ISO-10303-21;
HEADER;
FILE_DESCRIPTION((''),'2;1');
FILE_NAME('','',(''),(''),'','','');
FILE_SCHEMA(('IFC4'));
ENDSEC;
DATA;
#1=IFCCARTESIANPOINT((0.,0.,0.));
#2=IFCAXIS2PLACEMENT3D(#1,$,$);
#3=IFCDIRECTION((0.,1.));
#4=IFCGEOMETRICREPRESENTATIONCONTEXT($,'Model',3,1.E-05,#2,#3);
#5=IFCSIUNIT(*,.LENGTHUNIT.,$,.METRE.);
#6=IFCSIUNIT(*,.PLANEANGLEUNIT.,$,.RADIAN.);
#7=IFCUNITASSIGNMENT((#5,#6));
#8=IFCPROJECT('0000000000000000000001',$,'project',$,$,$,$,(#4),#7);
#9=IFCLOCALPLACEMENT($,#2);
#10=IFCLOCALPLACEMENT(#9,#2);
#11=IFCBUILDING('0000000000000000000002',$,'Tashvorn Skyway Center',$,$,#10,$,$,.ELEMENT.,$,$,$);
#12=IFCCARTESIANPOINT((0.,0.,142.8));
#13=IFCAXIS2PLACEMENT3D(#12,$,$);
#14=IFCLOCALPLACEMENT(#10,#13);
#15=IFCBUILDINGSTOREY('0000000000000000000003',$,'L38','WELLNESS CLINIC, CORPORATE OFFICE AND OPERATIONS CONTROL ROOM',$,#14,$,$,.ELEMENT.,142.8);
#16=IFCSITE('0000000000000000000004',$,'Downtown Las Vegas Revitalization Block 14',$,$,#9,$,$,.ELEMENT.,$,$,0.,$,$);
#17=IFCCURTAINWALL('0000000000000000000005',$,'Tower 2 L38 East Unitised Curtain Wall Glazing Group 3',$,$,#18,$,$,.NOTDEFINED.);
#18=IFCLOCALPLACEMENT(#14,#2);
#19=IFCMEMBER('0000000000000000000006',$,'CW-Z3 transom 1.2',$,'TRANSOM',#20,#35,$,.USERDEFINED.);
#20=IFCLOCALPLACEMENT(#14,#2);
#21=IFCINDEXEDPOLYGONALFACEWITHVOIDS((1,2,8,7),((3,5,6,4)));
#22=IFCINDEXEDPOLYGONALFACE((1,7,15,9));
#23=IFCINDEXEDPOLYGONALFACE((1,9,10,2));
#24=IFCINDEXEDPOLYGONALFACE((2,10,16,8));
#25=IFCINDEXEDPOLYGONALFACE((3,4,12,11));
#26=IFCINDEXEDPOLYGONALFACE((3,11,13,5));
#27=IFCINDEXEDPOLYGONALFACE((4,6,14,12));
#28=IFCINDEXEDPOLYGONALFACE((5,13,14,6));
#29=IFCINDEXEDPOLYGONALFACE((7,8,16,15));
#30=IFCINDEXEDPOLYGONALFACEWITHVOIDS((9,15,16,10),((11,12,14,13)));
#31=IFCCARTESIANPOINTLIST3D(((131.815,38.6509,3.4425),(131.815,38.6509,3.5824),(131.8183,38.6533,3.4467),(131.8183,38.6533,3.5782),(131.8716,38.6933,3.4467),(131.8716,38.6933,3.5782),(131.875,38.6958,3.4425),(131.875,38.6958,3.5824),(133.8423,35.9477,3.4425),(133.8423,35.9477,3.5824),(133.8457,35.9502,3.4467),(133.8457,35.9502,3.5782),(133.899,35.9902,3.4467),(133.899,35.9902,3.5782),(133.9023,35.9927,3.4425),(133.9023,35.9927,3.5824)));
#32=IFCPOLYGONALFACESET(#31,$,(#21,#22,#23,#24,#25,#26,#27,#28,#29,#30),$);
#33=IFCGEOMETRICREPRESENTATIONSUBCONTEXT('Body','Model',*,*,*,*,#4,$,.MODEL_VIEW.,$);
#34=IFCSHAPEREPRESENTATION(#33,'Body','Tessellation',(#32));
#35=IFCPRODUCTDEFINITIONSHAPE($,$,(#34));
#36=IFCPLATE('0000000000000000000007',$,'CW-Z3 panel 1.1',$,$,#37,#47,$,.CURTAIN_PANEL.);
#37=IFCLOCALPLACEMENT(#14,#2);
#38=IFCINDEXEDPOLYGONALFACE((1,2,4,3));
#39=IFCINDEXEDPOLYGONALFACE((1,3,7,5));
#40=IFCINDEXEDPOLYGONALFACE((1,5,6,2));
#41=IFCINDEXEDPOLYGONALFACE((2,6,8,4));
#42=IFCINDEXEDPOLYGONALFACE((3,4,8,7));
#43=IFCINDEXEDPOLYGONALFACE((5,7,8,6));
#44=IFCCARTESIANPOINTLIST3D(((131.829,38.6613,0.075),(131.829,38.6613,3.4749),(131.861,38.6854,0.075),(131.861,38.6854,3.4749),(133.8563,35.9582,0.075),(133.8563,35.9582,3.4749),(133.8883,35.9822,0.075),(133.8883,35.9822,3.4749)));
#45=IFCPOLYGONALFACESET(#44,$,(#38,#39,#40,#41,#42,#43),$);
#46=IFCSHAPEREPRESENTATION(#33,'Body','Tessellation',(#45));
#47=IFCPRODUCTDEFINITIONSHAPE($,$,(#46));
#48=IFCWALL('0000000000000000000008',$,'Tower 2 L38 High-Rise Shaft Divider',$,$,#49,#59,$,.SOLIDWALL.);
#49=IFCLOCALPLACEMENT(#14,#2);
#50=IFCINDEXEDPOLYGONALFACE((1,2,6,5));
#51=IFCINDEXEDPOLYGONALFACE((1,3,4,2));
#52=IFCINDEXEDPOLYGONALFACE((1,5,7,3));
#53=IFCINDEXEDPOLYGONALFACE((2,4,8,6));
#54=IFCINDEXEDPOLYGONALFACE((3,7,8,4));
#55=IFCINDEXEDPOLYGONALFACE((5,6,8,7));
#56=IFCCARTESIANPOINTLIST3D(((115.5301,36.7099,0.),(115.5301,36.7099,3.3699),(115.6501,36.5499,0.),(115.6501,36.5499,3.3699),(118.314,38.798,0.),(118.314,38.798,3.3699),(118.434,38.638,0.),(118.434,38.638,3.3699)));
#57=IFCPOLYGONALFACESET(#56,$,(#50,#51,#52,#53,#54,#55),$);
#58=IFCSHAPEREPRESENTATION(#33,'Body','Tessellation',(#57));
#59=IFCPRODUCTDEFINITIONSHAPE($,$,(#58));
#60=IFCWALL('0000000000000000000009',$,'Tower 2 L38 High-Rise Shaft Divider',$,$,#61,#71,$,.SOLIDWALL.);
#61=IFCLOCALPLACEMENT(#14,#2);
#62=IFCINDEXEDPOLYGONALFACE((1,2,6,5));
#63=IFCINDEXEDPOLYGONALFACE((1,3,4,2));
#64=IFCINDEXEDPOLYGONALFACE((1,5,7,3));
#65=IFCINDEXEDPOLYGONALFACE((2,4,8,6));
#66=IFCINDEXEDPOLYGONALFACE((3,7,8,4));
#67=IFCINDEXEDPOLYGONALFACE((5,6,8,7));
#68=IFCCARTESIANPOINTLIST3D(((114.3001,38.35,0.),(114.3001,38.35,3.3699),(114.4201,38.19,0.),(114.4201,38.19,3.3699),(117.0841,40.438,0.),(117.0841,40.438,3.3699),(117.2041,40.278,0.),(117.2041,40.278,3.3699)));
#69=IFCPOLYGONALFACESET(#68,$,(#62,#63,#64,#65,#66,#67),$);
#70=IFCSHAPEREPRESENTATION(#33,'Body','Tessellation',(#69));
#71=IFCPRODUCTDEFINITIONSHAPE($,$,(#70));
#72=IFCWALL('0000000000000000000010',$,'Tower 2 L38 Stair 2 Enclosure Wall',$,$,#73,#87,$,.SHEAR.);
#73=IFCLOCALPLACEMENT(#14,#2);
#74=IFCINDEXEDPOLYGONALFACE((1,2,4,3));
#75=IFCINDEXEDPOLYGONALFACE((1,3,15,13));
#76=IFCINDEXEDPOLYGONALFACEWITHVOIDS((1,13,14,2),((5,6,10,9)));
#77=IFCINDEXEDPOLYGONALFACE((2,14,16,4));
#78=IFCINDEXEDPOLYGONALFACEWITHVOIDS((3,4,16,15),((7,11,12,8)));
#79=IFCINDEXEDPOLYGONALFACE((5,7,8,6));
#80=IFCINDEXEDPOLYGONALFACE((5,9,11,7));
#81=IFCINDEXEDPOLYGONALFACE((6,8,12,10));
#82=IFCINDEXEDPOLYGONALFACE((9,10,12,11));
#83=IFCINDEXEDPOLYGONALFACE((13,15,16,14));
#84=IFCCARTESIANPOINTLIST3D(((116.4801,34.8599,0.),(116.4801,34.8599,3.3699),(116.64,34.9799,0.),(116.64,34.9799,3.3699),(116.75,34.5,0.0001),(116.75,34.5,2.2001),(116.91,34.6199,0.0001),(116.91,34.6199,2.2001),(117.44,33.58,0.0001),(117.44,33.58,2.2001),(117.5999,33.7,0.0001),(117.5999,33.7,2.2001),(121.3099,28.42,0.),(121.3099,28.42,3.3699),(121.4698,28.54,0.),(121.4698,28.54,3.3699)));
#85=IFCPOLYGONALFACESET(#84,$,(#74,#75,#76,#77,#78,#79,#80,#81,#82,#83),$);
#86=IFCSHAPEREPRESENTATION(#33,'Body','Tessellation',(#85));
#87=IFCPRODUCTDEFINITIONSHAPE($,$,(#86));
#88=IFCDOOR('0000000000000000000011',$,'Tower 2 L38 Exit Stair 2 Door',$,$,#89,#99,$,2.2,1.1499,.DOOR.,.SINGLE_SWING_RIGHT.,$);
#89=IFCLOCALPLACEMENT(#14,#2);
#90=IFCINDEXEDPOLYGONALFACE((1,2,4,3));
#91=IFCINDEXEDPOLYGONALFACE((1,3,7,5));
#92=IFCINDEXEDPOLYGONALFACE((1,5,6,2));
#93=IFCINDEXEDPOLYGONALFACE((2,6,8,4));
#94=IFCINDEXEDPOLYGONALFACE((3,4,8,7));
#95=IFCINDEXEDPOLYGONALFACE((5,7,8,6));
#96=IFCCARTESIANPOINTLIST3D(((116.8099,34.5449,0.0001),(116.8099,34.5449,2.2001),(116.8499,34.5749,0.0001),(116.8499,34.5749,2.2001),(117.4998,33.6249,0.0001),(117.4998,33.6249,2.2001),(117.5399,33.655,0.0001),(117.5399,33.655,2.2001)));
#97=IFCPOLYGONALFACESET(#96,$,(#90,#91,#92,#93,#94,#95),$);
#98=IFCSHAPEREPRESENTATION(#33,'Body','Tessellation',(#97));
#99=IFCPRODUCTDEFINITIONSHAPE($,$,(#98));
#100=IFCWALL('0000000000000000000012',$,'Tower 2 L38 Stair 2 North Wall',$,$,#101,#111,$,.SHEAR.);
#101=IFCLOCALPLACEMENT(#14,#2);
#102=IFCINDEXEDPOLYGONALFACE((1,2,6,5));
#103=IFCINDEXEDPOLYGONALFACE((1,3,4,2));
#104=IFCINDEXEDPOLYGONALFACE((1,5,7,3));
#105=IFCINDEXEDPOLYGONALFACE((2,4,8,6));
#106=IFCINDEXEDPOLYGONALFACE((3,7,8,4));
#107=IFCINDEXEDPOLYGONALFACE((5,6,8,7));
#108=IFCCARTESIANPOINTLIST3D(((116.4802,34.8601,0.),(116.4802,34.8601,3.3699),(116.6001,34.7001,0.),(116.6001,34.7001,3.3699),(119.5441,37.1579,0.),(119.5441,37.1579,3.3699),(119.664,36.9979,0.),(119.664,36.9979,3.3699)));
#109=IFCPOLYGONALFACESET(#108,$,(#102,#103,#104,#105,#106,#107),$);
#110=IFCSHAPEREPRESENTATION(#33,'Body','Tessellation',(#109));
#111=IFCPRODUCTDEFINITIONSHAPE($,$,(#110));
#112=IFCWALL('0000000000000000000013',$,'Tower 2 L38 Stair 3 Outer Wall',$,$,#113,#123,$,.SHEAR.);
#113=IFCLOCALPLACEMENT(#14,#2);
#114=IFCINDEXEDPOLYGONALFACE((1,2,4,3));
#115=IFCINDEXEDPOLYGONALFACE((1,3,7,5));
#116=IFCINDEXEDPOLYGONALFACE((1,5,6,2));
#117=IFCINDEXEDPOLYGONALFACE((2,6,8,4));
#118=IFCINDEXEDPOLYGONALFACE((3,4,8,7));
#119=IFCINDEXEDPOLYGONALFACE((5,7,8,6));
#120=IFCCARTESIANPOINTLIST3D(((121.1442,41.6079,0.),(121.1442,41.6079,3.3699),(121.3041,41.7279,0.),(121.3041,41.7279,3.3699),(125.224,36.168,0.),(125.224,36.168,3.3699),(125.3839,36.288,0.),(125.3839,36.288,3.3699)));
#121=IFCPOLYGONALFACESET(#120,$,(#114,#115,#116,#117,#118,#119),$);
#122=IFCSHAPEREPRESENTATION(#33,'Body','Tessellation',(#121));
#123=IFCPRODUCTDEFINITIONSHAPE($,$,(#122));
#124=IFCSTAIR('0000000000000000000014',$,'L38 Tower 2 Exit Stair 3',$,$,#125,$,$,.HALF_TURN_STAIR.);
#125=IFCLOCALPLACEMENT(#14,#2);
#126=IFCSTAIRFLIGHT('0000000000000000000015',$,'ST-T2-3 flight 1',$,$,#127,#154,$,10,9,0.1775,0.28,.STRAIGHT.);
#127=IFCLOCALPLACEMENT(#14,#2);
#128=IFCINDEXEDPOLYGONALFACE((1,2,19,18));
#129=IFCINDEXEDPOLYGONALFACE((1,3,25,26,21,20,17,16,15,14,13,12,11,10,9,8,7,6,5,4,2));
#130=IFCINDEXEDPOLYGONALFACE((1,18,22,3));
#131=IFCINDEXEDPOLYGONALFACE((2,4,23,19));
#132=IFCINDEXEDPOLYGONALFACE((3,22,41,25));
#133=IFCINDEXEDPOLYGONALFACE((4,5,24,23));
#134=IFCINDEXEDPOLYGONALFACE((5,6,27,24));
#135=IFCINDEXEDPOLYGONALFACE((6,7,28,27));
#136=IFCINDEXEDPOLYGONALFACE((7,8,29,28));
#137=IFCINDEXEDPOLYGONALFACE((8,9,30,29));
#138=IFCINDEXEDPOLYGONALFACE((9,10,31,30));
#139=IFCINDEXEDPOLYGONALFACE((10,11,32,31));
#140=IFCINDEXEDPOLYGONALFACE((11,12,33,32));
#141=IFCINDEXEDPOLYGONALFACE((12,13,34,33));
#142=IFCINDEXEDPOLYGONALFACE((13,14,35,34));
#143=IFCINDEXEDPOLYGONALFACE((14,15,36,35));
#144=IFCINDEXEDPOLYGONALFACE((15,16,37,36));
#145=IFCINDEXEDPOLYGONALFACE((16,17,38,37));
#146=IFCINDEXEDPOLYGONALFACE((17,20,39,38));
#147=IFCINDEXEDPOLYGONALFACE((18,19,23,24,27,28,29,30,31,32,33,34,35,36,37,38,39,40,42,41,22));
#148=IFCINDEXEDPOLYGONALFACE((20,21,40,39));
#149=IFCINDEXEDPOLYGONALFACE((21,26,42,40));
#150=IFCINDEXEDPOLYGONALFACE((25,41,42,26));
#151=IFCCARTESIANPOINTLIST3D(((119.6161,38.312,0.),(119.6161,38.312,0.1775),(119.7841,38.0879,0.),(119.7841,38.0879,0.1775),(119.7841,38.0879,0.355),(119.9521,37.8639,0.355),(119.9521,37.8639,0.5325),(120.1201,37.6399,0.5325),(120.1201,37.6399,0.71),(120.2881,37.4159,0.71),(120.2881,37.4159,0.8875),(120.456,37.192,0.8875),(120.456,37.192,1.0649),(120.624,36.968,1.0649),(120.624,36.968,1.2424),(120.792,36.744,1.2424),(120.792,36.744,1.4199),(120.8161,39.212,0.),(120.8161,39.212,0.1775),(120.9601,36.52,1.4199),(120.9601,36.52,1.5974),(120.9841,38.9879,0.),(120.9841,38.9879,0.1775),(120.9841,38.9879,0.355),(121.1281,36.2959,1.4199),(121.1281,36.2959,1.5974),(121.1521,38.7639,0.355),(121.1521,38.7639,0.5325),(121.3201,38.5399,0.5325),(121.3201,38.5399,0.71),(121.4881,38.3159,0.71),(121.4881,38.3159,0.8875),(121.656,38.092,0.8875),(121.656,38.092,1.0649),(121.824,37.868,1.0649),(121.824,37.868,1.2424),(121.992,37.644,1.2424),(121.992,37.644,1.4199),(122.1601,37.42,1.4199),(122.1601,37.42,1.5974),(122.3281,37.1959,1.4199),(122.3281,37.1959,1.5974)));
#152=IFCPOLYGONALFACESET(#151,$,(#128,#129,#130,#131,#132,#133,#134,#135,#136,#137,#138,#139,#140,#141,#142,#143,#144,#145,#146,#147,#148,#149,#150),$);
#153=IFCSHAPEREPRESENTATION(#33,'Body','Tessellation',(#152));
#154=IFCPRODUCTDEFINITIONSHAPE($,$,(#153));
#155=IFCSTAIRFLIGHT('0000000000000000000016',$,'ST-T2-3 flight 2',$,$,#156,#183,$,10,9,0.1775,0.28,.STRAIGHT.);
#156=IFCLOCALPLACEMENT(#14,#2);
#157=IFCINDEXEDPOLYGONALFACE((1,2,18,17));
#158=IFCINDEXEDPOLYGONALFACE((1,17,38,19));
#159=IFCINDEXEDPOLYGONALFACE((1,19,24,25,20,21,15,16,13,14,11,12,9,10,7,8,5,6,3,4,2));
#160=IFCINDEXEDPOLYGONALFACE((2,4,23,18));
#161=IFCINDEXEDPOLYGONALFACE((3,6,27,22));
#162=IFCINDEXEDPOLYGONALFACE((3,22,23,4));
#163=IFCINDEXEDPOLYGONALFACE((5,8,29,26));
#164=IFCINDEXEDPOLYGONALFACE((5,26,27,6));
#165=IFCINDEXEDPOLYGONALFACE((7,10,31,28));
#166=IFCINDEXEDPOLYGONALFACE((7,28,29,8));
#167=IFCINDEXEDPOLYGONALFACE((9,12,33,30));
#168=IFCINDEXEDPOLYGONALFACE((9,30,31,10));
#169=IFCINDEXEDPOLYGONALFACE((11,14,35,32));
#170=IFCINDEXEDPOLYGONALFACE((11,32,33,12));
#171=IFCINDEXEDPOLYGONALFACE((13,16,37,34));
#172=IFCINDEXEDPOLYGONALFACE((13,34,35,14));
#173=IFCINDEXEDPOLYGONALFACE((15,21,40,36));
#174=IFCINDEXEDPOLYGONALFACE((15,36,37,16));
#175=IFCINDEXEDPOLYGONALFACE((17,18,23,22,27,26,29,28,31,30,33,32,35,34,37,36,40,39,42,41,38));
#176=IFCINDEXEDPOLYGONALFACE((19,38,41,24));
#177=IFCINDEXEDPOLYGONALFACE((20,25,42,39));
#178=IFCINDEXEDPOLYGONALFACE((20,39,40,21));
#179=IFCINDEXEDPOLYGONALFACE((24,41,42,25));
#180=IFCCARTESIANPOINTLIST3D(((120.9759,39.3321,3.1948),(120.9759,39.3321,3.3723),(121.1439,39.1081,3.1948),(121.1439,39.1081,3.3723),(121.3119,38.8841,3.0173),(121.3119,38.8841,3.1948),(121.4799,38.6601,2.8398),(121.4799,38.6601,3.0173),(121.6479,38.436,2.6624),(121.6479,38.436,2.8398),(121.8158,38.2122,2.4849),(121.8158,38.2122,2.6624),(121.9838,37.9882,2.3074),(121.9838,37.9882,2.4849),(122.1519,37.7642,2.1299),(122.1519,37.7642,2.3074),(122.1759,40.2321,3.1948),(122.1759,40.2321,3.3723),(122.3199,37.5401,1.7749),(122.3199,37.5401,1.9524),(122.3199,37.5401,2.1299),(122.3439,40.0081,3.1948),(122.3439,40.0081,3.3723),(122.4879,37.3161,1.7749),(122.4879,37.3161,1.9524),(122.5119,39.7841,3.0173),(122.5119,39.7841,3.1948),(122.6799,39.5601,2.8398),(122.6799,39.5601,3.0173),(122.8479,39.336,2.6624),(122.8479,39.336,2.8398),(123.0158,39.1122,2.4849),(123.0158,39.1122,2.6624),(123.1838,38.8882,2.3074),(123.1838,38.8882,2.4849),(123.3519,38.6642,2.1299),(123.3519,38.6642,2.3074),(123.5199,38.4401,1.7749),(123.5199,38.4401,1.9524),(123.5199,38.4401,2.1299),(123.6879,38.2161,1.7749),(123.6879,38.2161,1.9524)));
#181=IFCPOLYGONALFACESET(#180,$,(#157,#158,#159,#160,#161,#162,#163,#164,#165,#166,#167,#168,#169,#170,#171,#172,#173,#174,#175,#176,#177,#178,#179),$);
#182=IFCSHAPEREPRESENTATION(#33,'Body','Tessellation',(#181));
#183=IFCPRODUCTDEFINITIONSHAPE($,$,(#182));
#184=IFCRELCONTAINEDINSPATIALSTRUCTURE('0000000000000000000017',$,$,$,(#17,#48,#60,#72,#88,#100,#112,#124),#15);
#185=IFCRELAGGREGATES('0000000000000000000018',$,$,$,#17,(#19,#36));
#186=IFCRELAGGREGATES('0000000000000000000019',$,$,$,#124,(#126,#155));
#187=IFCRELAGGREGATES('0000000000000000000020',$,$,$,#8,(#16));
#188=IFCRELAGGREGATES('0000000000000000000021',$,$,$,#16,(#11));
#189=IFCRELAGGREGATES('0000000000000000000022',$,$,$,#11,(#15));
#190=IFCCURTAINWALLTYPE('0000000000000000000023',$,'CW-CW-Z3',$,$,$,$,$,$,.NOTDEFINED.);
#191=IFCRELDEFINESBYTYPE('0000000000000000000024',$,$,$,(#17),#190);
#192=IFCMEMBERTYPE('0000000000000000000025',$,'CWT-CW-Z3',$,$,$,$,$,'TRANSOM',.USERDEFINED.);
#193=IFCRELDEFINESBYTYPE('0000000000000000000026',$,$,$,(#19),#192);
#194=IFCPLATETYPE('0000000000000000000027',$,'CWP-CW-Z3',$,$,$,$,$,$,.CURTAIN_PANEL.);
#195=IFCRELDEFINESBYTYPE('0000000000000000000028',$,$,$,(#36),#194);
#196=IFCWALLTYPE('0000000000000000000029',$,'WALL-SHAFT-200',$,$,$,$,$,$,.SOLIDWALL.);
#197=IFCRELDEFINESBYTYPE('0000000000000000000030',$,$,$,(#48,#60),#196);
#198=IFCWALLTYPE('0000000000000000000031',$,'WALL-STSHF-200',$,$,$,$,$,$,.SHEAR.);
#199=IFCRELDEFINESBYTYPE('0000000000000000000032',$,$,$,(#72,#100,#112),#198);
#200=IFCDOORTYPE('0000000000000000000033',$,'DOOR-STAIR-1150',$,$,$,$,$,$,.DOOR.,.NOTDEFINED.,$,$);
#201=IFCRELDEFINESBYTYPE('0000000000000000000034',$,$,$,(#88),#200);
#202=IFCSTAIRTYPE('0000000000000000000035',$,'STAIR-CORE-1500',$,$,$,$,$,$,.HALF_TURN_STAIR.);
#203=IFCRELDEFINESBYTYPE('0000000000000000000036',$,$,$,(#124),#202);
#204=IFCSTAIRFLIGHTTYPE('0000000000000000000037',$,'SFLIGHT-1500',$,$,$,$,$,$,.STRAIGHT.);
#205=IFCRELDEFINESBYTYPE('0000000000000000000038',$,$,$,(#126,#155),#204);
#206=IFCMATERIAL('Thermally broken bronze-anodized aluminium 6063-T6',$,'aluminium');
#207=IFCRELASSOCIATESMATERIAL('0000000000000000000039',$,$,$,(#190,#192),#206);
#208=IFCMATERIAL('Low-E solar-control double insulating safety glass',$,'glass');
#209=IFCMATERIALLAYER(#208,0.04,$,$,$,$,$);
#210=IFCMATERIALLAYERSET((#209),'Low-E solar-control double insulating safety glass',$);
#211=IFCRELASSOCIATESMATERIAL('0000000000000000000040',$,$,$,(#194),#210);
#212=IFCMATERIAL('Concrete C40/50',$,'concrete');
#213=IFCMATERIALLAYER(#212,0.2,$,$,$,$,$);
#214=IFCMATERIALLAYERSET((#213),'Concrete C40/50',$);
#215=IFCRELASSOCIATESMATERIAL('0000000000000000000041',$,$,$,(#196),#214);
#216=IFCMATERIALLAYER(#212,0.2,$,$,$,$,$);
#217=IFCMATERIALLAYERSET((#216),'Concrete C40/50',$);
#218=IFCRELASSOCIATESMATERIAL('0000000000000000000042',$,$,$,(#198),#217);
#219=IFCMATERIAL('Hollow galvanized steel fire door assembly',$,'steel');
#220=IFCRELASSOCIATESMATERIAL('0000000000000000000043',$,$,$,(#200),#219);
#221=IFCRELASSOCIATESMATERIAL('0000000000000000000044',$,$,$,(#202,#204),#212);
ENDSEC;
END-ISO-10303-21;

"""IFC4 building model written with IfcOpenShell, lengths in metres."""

from ifc_helpers import new_model, si_unit, direction, frame, frame_2d, origin, origin_2d, place, context, subcontext, project, spatial, polyline, rectangle, hollow_rectangle, outline, extrude, material, layer, layer_set, material_profile, profile_set, type_object, element, fill, aggregate, save


model = new_model("IFC4")

# Units and contexts
model_context = context("Model", 3, precision=1e-05, world=origin(), true_north=direction((0.0, 1.0)))
body_context = subcontext(model_context, "Body", "Model", "MODEL_VIEW")
ifc_project = project(units=[si_unit("LENGTHUNIT", "METRE"), si_unit("PLANEANGLEUNIT", "RADIAN")], contexts=[model_context])

# Site, building, storey
site_placement = place(None, origin())
site = spatial("IfcSite", under=ifc_project, at=site_placement, Name="Downtown Las Vegas Revitalization Block 14", CompositionType="ELEMENT", RefElevation=0.0)
building_placement = place(site_placement, origin())
building = spatial("IfcBuilding", under=site, at=building_placement, Name="Tashvorn Skyway Center", CompositionType="ELEMENT")
storey_placement = place(building_placement, frame((0.0, 0.0, 142.8)))
storey = spatial("IfcBuildingStorey", under=building, at=storey_placement, Name="L38", Description="WELLNESS CLINIC, CORPORATE OFFICE AND OPERATIONS CONTROL ROOM", CompositionType="ELEMENT", Elevation=142.8)

# Shared definitions
ifc_material_1 = material(Name="Thermally broken bronze-anodized aluminium 6063-T6", Category="aluminium")
curtain_wall_type = type_object("IfcCurtainWallType", Name="CW-CW-Z3", PredefinedType="NOTDEFINED", material=ifc_material_1)

# Curtain wall, member, plate
curtain_wall_1_placement = place(storey_placement, origin())
curtain_wall_1 = element("IfcCurtainWall", 1, at=curtain_wall_1_placement, inside=storey, type_object=curtain_wall_type, Name="Tower 2 L38 East Unitised Curtain Wall Glazing Group 3", PredefinedType="NOTDEFINED")
ifc_material_profile_1 = material_profile(ifc_material_1, hollow_rectangle(XDim=0.075, YDim=0.1399, WallThickness=0.0042, at=origin_2d()), Name="ALU-TRAN-75x140")
ifc_profile_set_1 = profile_set([ifc_material_profile_1], Name="Thermally broken bronze-anodized aluminium 6063-T6")
member_type_1 = type_object("IfcMemberType", Name="CWT-CW-Z3", ElementType="TRANSOM", PredefinedType="USERDEFINED", material=ifc_profile_set_1)
member_1_placement = place(storey_placement, frame((131.845, 38.6733, 3.5125), z_axis=(0.6, -0.8, 0.0), x_axis=(0.8, 0.6, 0.0)))
member_1 = element("IfcMember", 2, at=member_1_placement, type_object=member_type_1, Name="CW-Z3 transom 1.2", ObjectType="TRANSOM", PredefinedType="USERDEFINED", context=body_context, shape_type="SweptSolid", body=[
    extrude(hollow_rectangle(XDim=0.075, YDim=0.1399, WallThickness=0.0042, at=origin_2d()), origin(), (0.0, 0.0, 1.0), 3.3789),
])
ifc_material_2 = material(Name="Low-E solar-control double insulating safety glass", Category="glass")
ifc_layer_1 = layer(ifc_material_2, 0.04)
ifc_layer_set_1 = layer_set([ifc_layer_1], Name="Low-E solar-control double insulating safety glass")
plate_type = type_object("IfcPlateType", Name="CWP-CW-Z3", PredefinedType="CURTAIN_PANEL", material=ifc_layer_set_1)
plate_placement = place(storey_placement, frame((132.8586, 37.3218, 0.075), z_axis=(0.0, 0.0, 1.0), x_axis=(0.599995, -0.800003, 0.0)))
plate = element("IfcPlate", 3, at=plate_placement, type_object=plate_type, Name="CW-Z3 panel 1.1", PredefinedType="CURTAIN_PANEL", context=body_context, shape_type="SweptSolid", body=[
    extrude(rectangle(XDim=3.3789, YDim=0.04, at=origin_2d()), origin(), (0.0, 0.0, 1.0), 3.3999),
])
aggregate(curtain_wall_1, [member_1, plate])

# Walls
ifc_material_3 = material(Name="Concrete C40/50", Category="concrete")
ifc_layer_2 = layer(ifc_material_3, 0.2)
ifc_layer_set_2 = layer_set([ifc_layer_2], Name="Concrete C40/50")
wall_type_1 = type_object("IfcWallType", Name="WALL-SHAFT-200", PredefinedType="SOLIDWALL", material=ifc_layer_set_2)
for number, where, z_axis, x_axis, name in (
    (4, (115.5901, 36.6299, 0.0), (0.0, 0.0, 1.0), (0.799975, 0.600034, 0.0), "Tower 2 L38 High-Rise Shaft Divider"),
    (5, (114.3601, 38.27, 0.0), (0.0, 0.0, 1.0), (0.800008, 0.599989, 0.0), "Tower 2 L38 High-Rise Shaft Divider"),
):
    element("IfcWall", number, at=place(storey_placement, frame(where, z_axis=z_axis, x_axis=x_axis)), inside=storey, type_object=wall_type_1, Name=name, PredefinedType="SOLIDWALL", context=body_context, shape_type="SweptSolid", body=[
        extrude(rectangle(XDim=3.48, YDim=0.2, at=frame_2d((1.74, 0.0))), origin(), (0.0, 0.0, 1.0), 3.3699),
    ])

# Wall, opening, door
ifc_layer_3 = layer(ifc_material_3, 0.2)
ifc_layer_set_3 = layer_set([ifc_layer_3], Name="Concrete C40/50")
wall_type_2 = type_object("IfcWallType", Name="WALL-STSHF-200", PredefinedType="SHEAR", material=ifc_layer_set_3)
wall_1_placement = place(storey_placement, frame((116.5601, 34.9199, 0.0), z_axis=(0.0, 0.0, 1.0), x_axis=(0.59999, -0.800007, 0.0)))
wall_1 = element("IfcWall", 6, at=wall_1_placement, inside=storey, type_object=wall_type_2, Name="Tower 2 L38 Stair 2 Enclosure Wall", PredefinedType="SHEAR", context=body_context, shape_type="SweptSolid", body=[
    extrude(rectangle(XDim=8.0498, YDim=0.2, at=frame_2d((4.0249, 0.0))), origin(), (0.0, 0.0, 1.0), 3.3699),
])
opening_placement = place(wall_1_placement, frame((0.45, 0.0, 0.0)))
opening = element("IfcOpeningElement", 7, at=opening_placement, cuts=wall_1, PredefinedType="OPENING", context=body_context, shape_type="SweptSolid", body=[
    extrude(rectangle(XDim=1.1499, YDim=2.2, at=frame_2d((0.575, 1.1001))), frame((0.0, 0.1099, 0.0), z_axis=(0.0, -1.0, 0.0), x_axis=(1.0, 0.0, 0.0)), (0.0, 0.0, 1.0), 0.22),
])
ifc_material_4 = material(Name="Hollow galvanized steel fire door assembly", Category="steel")
door_type = type_object("IfcDoorType", Name="DOOR-STAIR-1150", OperationType="NOTDEFINED", PredefinedType="DOOR", material=ifc_material_4)
door_placement = place(opening_placement, origin())
door = element("IfcDoor", 8, at=door_placement, inside=storey, type_object=door_type, Name="Tower 2 L38 Exit Stair 2 Door", OperationType="SINGLE_SWING_RIGHT", OverallHeight=2.2, OverallWidth=1.1499, PredefinedType="DOOR", context=body_context, shape_type="SweptSolid", body=[
    extrude(rectangle(XDim=1.1499, YDim=2.2, at=frame_2d((0.575, 1.1001))), frame((0.0, 0.0249, 0.0), z_axis=(0.0, -1.0, 0.0), x_axis=(1.0, 0.0, 0.0)), (0.0, 0.0, 1.0), 0.05),
])
fill(opening, door)

# Walls
wall_2_placement = place(storey_placement, frame((116.54, 34.78, 0.0), z_axis=(0.0, 0.0, 1.0), x_axis=(0.800015, 0.59998, 0.0)))
element("IfcWall", 9, at=wall_2_placement, inside=storey, type_object=wall_type_2, Name="Tower 2 L38 Stair 2 North Wall", PredefinedType="SHEAR", context=body_context, shape_type="SweptSolid", body=[
    extrude(rectangle(XDim=3.8298, YDim=0.2, at=frame_2d((1.915, 0.0))), origin(), (0.0, 0.0, 1.0), 3.3699),
])
wall_3_placement = place(storey_placement, frame((125.304, 36.228, 0.0), z_axis=(0.0, 0.0, 1.0), x_axis=(-0.599989, 0.800009, 0.0)))
element("IfcWall", 10, at=wall_3_placement, inside=storey, type_object=wall_type_2, Name="Tower 2 L38 Stair 3 Outer Wall", PredefinedType="SHEAR", context=body_context, shape_type="SweptSolid", body=[
    extrude(rectangle(XDim=6.7998, YDim=0.2, at=frame_2d((3.3999, 0.0))), origin(), (0.0, 0.0, 1.0), 3.3699),
])

# Stair, stair flights
stair_type = type_object("IfcStairType", Name="STAIR-CORE-1500", PredefinedType="HALF_TURN_STAIR", material=ifc_material_3)
stair_placement = place(storey_placement, origin())
stair = element("IfcStair", 11, at=stair_placement, inside=storey, type_object=stair_type, Name="L38 Tower 2 Exit Stair 3", PredefinedType="HALF_TURN_STAIR")
stair_flight_type = type_object("IfcStairFlightType", Name="SFLIGHT-1500", PredefinedType="STRAIGHT", material=ifc_material_3)
stair_flight_1_placement = place(storey_placement, frame((120.2161, 38.762, 0.0), z_axis=(0.0, 0.0, 1.0), x_axis=(0.6, -0.8, 0.0)))
stair_flight_1 = element("IfcStairFlight", 12, at=stair_flight_1_placement, type_object=stair_flight_type, Name="ST-T2-3 flight 1", NumberOfRisers=10, NumberOfTreads=9, PredefinedType="STRAIGHT", RiserHeight=0.1775, TreadLength=0.28, context=body_context, shape_type="SweptSolid", body=[
    extrude(outline(polyline([(0.0, 0.0), (0.0, 0.1775), (0.28, 0.1775), (0.28, 0.355), (0.5601, 0.355), (0.5601, 0.5325), (0.8401, 0.5325), (0.8401, 0.71), (1.1201, 0.71), (1.1201, 0.8875), (1.3999, 0.8875), (1.3999, 1.0649), (1.6799, 1.0649), (1.6799, 1.2424), (1.96, 1.2424), (1.96, 1.4199), (2.24, 1.4199), (2.24, 1.5974), (2.52, 1.5974), (2.52, 1.7749), (2.52, 1.4199), (0.28, 0.0), (0.0, 0.0)])), frame((0.0, 0.75, 0.0), z_axis=(0.0, -1.0, 0.0), x_axis=(1.0, 0.0, 0.0)), (0.0, 0.0, 1.0), 1.5),
])
stair_flight_2_placement = place(storey_placement, frame((123.0879, 37.7661, 1.7749), z_axis=(0.0, 0.0, 1.0), x_axis=(-0.6, 0.8, 0.0)))
stair_flight_2 = element("IfcStairFlight", 13, at=stair_flight_2_placement, type_object=stair_flight_type, Name="ST-T2-3 flight 2", NumberOfRisers=10, NumberOfTreads=9, PredefinedType="STRAIGHT", RiserHeight=0.1775, TreadLength=0.28, context=body_context, shape_type="SweptSolid", body=[
    extrude(outline(polyline([(0.0, 0.0), (0.0, 0.1775), (0.28, 0.1775), (0.28, 0.355), (0.5601, 0.355), (0.5601, 0.5325), (0.8401, 0.5325), (0.8401, 0.71), (1.1201, 0.71), (1.1201, 0.8875), (1.3999, 0.8875), (1.3999, 1.0649), (1.6799, 1.0649), (1.6799, 1.2424), (1.96, 1.2424), (1.96, 1.4199), (2.24, 1.4199), (2.24, 1.5974), (2.52, 1.5974), (2.52, 1.7749), (2.52, 1.4199), (0.28, 0.0), (0.0, 0.0)])), frame((0.0, 0.75, 0.0), z_axis=(0.0, -1.0, 0.0), x_axis=(1.0, 0.0, 0.0)), (0.0, 0.0, 1.0), 1.5),
])
aggregate(stair, [stair_flight_1, stair_flight_2])

save(model, "model.ifc")
